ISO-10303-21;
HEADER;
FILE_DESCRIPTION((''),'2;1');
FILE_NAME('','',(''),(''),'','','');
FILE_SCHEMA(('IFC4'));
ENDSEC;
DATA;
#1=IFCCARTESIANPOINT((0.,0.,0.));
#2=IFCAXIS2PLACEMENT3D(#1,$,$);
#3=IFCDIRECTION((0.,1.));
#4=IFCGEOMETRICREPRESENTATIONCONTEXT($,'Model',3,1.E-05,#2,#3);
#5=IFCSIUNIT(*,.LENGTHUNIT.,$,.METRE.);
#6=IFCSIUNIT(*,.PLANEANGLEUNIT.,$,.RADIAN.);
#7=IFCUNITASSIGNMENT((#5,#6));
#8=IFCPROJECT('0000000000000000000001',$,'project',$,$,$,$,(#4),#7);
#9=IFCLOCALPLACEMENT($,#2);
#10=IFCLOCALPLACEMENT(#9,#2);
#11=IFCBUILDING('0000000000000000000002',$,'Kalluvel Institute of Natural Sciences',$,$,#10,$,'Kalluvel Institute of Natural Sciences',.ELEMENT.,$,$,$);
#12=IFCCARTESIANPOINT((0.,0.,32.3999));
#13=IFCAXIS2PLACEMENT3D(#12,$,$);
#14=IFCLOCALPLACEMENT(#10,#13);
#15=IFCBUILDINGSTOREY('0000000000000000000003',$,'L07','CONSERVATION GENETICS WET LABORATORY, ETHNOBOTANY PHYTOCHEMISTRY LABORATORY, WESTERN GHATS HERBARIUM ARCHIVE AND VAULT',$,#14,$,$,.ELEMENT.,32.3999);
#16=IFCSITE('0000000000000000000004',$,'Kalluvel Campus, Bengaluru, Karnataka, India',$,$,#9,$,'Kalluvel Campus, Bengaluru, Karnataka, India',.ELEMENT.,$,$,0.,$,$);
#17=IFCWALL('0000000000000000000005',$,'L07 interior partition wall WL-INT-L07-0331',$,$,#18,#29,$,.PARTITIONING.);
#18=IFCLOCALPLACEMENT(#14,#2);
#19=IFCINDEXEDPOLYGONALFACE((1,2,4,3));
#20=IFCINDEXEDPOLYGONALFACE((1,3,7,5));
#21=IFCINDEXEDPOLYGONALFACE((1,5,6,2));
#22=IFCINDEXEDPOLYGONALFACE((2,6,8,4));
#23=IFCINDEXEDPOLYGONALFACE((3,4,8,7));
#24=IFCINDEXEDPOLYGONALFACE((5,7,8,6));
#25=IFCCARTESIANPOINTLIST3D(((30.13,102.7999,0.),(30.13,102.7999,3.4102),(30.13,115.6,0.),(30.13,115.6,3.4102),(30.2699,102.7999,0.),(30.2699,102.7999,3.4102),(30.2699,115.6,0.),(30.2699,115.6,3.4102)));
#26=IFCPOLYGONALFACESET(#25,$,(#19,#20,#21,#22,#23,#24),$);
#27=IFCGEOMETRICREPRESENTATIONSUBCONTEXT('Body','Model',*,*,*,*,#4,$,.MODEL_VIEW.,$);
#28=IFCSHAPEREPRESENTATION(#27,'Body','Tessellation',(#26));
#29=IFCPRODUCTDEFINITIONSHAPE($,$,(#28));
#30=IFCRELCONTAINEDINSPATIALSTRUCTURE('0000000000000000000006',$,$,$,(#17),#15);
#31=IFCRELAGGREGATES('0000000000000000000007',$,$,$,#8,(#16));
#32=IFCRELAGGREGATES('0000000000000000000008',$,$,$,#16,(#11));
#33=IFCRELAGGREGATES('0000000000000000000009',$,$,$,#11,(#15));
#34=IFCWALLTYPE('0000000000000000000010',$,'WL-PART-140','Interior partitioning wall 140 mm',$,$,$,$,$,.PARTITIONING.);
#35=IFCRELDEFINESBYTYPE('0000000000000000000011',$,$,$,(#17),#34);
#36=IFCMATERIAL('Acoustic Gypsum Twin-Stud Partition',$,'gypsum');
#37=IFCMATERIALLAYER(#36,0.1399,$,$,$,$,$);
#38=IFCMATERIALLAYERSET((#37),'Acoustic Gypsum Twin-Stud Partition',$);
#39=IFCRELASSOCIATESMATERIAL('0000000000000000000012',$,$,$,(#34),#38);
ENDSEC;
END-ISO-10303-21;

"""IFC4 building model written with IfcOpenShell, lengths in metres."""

from ifc_helpers import new_model, si_unit, direction, frame, frame_2d, origin, place, context, subcontext, project, spatial, rectangle, extrude, material, layer, layer_set, type_object, element, save


model = new_model("IFC4")

# Units and contexts
model_context = context("Model", 3, precision=1e-05, world=origin(), true_north=direction((0.0, 1.0)))
body_context = subcontext(model_context, "Body", "Model", "MODEL_VIEW")
ifc_project = project(units=[si_unit("LENGTHUNIT", "METRE"), si_unit("PLANEANGLEUNIT", "RADIAN")], contexts=[model_context])

# Site, building, storey
site_placement = place(None, origin())
site = spatial("IfcSite", under=ifc_project, at=site_placement, Name="Kalluvel Campus, Bengaluru, Karnataka, India", LongName="Kalluvel Campus, Bengaluru, Karnataka, India", CompositionType="ELEMENT", RefElevation=0.0)
building_placement = place(site_placement, origin())
building = spatial("IfcBuilding", under=site, at=building_placement, Name="Kalluvel Institute of Natural Sciences", LongName="Kalluvel Institute of Natural Sciences", CompositionType="ELEMENT")
storey_placement = place(building_placement, frame((0.0, 0.0, 32.3999)))
storey = spatial("IfcBuildingStorey", under=building, at=storey_placement, Name="L07", Description="CONSERVATION GENETICS WET LABORATORY, ETHNOBOTANY PHYTOCHEMISTRY LABORATORY, WESTERN GHATS HERBARIUM ARCHIVE AND VAULT", CompositionType="ELEMENT", Elevation=32.3999)

# Wall
ifc_material_1 = material(Name="Acoustic Gypsum Twin-Stud Partition", Category="gypsum")
ifc_layer_1 = layer(ifc_material_1, 0.1399)
ifc_layer_set_1 = layer_set([ifc_layer_1], Name="Acoustic Gypsum Twin-Stud Partition")
wall_type = type_object("IfcWallType", Name="WL-PART-140", Description="Interior partitioning wall 140 mm", PredefinedType="PARTITIONING", material=ifc_layer_set_1)
wall_placement = place(storey_placement, frame((30.2, 102.8, 0.0), z_axis=(0.0, 0.0, 1.0), x_axis=(0.0, 1.0, 0.0)))
element("IfcWall", 1, at=wall_placement, inside=storey, type_object=wall_type, Name="L07 interior partition wall WL-INT-L07-0331", PredefinedType="PARTITIONING", context=body_context, shape_type="SweptSolid", body=[
    extrude(rectangle(XDim=12.8, YDim=0.1399, at=frame_2d((6.3999, 0.0))), origin(), (0.0, 0.0, 1.0), 3.4102),
])

save(model, "model.ifc")
